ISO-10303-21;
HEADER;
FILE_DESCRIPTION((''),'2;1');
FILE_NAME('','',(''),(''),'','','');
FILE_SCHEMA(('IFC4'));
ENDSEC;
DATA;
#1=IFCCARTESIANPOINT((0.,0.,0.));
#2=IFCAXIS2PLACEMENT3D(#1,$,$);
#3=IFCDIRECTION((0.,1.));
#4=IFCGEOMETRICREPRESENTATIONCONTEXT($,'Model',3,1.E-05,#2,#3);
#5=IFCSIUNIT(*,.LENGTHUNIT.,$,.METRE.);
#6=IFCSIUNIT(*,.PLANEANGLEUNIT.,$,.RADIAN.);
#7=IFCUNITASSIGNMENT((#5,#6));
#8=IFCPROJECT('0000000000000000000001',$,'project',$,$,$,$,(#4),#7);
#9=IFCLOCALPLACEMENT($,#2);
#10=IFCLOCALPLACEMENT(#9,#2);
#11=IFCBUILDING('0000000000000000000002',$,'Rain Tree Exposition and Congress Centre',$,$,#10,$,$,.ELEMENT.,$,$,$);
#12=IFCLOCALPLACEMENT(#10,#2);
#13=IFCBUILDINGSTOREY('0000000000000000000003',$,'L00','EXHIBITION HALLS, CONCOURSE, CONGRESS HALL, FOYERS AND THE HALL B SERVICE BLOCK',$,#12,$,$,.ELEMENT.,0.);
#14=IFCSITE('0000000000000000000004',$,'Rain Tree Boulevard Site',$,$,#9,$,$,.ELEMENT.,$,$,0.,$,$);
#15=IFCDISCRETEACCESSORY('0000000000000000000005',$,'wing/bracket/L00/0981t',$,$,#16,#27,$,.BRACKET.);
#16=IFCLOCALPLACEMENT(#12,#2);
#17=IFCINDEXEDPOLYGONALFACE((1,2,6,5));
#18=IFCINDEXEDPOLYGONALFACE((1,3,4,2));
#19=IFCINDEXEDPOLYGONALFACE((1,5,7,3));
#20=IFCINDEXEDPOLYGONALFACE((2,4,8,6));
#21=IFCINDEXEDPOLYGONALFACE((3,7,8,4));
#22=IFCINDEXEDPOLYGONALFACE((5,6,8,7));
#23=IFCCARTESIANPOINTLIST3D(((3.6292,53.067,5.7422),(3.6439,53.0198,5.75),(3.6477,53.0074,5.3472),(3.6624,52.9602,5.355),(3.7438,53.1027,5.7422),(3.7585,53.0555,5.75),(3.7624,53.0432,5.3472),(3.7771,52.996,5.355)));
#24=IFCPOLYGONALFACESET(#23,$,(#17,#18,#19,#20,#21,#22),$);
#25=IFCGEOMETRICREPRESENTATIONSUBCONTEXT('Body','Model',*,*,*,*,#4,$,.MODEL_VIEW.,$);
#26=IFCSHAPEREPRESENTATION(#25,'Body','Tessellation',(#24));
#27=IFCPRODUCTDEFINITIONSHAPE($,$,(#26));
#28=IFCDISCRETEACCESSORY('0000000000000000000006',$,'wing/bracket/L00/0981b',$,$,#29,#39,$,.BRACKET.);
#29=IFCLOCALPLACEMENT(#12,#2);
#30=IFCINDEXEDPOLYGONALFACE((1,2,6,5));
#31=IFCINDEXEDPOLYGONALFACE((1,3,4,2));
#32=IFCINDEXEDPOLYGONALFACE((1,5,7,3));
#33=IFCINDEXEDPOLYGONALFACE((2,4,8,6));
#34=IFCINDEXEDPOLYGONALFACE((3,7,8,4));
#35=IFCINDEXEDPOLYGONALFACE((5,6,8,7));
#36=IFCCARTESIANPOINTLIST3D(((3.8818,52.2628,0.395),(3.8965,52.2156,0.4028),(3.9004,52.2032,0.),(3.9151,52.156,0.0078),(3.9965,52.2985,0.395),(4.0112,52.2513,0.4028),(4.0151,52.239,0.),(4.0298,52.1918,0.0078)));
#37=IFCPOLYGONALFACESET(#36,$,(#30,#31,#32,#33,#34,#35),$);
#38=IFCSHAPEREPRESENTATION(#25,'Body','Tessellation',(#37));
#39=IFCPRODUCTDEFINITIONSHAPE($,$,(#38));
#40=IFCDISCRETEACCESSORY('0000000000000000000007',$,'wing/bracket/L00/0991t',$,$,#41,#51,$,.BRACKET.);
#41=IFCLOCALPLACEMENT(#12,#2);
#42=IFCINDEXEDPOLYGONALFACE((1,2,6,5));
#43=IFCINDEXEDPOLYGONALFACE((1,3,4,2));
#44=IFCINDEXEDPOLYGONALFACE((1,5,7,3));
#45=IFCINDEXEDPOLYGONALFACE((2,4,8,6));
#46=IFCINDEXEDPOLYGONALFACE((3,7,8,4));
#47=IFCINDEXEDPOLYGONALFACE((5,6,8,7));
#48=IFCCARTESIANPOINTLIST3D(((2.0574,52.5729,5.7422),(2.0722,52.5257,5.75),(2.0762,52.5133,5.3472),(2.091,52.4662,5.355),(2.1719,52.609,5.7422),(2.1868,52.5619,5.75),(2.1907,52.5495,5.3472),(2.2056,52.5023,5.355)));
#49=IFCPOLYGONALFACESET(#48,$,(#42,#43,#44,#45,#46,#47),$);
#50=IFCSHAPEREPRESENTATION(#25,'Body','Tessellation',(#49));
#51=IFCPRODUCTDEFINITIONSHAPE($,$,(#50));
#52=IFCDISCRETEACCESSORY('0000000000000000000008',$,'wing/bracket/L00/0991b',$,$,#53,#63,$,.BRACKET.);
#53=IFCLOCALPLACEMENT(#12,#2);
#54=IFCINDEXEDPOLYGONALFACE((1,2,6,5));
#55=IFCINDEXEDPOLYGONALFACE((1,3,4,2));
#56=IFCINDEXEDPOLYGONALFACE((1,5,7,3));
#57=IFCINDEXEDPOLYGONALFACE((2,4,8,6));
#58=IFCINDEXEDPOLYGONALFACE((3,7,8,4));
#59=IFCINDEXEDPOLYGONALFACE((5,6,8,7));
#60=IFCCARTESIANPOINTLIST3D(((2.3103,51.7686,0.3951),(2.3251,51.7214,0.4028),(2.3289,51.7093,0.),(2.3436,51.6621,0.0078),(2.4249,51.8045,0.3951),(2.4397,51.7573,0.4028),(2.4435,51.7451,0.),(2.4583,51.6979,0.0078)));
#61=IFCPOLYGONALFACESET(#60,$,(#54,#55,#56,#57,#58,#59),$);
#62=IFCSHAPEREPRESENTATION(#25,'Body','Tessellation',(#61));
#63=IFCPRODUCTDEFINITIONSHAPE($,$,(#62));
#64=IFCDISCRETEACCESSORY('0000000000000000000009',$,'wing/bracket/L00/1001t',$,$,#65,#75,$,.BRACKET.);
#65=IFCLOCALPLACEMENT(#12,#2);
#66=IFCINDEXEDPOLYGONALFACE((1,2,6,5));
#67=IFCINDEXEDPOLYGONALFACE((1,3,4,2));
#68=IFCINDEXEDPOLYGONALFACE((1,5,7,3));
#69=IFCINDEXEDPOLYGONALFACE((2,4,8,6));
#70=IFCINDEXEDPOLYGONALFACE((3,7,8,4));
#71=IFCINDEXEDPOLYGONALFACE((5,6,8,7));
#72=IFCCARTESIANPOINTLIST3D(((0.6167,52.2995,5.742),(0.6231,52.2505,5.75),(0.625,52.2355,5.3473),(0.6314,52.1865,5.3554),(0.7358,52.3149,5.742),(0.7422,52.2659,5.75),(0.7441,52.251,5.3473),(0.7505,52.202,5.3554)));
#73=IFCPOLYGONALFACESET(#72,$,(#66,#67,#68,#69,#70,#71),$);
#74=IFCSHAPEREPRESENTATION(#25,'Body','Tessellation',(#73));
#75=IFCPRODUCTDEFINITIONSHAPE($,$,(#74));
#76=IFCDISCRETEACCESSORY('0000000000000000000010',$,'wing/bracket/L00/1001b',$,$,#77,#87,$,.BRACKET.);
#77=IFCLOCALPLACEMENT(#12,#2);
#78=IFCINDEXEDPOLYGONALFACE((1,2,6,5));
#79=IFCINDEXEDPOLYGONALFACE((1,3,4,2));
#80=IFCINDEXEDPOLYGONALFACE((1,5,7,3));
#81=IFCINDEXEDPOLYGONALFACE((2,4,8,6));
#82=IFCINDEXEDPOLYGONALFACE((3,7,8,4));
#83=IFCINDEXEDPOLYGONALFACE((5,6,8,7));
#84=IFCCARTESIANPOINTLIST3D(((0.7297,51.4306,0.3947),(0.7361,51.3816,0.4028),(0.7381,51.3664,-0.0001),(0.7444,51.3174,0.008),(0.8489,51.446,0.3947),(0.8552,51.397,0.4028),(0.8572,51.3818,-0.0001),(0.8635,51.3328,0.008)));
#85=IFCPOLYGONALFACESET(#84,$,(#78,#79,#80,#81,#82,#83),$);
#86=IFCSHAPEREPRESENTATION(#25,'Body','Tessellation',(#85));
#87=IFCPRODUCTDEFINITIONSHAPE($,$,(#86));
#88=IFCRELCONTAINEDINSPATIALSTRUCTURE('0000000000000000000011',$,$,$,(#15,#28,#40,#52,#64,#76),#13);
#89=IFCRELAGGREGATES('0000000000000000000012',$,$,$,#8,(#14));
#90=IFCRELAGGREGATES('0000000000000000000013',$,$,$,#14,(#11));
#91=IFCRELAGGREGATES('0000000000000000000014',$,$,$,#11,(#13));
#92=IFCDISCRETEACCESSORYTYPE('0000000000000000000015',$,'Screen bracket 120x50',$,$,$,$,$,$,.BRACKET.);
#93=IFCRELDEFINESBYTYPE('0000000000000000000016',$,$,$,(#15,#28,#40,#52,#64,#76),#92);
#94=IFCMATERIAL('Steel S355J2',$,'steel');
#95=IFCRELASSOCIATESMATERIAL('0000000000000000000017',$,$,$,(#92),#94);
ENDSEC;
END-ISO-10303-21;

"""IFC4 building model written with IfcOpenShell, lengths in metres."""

from ifc_helpers import new_model, si_unit, direction, frame, origin, origin_2d, place, context, subcontext, project, spatial, rectangle, extrude, material, material_profile, profile_set, type_object, element, save


model = new_model("IFC4")

# Units and contexts
model_context = context("Model", 3, precision=1e-05, world=origin(), true_north=direction((0.0, 1.0)))
body_context = subcontext(model_context, "Body", "Model", "MODEL_VIEW")
ifc_project = project(units=[si_unit("LENGTHUNIT", "METRE"), si_unit("PLANEANGLEUNIT", "RADIAN")], contexts=[model_context])

# Site, building, storey
site_placement = place(None, origin())
site = spatial("IfcSite", under=ifc_project, at=site_placement, Name="Rain Tree Boulevard Site", CompositionType="ELEMENT", RefElevation=0.0)
building_placement = place(site_placement, origin())
building = spatial("IfcBuilding", under=site, at=building_placement, Name="Rain Tree Exposition and Congress Centre", CompositionType="ELEMENT")
storey_placement = place(building_placement, origin())
storey = spatial("IfcBuildingStorey", under=building, at=storey_placement, Name="L00", Description="EXHIBITION HALLS, CONCOURSE, CONGRESS HALL, FOYERS AND THE HALL B SERVICE BLOCK", CompositionType="ELEMENT", Elevation=0.0)

# Discrete accessories
ifc_material_1 = material(Name="Steel S355J2", Category="steel")
ifc_material_profile = material_profile(ifc_material_1, rectangle(XDim=0.1201, YDim=0.05, at=origin_2d()), Name="Flat bar 120x50")
ifc_profile_set = profile_set([ifc_material_profile], Name="Steel S355J2")
discrete_accessory_type = type_object("IfcDiscreteAccessoryType", Name="Screen bracket 120x50", PredefinedType="BRACKET", material=ifc_profile_set)
for number, where, z_axis, x_axis, name in (
    (1, (3.7124, 53.0017, 5.3511), (-0.046396, 0.148957, 0.987755), (-0.954758, -0.297384, 0.0), "wing/bracket/L00/0981t"),
    (2, (3.9651, 52.1975, 0.0039), (-0.046396, 0.148957, 0.987755), (-0.954758, -0.297384, 0.0), "wing/bracket/L00/0981b"),
    (3, (2.1409, 52.5078, 5.3511), (-0.047006, 0.148953, 0.987726), (-0.953642, -0.300944, 0.0), "wing/bracket/L00/0991t"),
    (4, (2.3936, 51.7036, 0.0039), (-0.046401, 0.14836, 0.987844), (-0.95441, -0.298499, 0.0), "wing/bracket/L00/0991b"),
    (5, (0.6877, 52.2188, 5.3513), (-0.020751, 0.159908, 0.986914), (-0.991685, -0.128692, 0.0), "wing/bracket/L00/1001t"),
):
    element("IfcDiscreteAccessory", number, at=place(storey_placement, frame(where, z_axis=z_axis, x_axis=x_axis)), inside=storey, type_object=discrete_accessory_type, Name=name, PredefinedType="BRACKET", context=body_context, shape_type="SweptSolid", body=[
        extrude(rectangle(XDim=0.1201, YDim=0.05, at=origin_2d()), origin(), (0.0, 0.0, 1.0), 0.3999),
    ])
discrete_accessory_placement = place(storey_placement, frame((0.8008, 51.3496, 0.0039), z_axis=(-0.020749, 0.160503, 0.986817), x_axis=(-0.991747, -0.128211, 0.0)))
element("IfcDiscreteAccessory", 6, at=discrete_accessory_placement, inside=storey, type_object=discrete_accessory_type, Name="wing/bracket/L00/1001b", PredefinedType="BRACKET", context=body_context, shape_type="SweptSolid", body=[
    extrude(rectangle(XDim=0.1201, YDim=0.05, at=origin_2d()), origin(), (0.0, 0.0, 1.0), 0.4001),
])

save(model, "model.ifc")
